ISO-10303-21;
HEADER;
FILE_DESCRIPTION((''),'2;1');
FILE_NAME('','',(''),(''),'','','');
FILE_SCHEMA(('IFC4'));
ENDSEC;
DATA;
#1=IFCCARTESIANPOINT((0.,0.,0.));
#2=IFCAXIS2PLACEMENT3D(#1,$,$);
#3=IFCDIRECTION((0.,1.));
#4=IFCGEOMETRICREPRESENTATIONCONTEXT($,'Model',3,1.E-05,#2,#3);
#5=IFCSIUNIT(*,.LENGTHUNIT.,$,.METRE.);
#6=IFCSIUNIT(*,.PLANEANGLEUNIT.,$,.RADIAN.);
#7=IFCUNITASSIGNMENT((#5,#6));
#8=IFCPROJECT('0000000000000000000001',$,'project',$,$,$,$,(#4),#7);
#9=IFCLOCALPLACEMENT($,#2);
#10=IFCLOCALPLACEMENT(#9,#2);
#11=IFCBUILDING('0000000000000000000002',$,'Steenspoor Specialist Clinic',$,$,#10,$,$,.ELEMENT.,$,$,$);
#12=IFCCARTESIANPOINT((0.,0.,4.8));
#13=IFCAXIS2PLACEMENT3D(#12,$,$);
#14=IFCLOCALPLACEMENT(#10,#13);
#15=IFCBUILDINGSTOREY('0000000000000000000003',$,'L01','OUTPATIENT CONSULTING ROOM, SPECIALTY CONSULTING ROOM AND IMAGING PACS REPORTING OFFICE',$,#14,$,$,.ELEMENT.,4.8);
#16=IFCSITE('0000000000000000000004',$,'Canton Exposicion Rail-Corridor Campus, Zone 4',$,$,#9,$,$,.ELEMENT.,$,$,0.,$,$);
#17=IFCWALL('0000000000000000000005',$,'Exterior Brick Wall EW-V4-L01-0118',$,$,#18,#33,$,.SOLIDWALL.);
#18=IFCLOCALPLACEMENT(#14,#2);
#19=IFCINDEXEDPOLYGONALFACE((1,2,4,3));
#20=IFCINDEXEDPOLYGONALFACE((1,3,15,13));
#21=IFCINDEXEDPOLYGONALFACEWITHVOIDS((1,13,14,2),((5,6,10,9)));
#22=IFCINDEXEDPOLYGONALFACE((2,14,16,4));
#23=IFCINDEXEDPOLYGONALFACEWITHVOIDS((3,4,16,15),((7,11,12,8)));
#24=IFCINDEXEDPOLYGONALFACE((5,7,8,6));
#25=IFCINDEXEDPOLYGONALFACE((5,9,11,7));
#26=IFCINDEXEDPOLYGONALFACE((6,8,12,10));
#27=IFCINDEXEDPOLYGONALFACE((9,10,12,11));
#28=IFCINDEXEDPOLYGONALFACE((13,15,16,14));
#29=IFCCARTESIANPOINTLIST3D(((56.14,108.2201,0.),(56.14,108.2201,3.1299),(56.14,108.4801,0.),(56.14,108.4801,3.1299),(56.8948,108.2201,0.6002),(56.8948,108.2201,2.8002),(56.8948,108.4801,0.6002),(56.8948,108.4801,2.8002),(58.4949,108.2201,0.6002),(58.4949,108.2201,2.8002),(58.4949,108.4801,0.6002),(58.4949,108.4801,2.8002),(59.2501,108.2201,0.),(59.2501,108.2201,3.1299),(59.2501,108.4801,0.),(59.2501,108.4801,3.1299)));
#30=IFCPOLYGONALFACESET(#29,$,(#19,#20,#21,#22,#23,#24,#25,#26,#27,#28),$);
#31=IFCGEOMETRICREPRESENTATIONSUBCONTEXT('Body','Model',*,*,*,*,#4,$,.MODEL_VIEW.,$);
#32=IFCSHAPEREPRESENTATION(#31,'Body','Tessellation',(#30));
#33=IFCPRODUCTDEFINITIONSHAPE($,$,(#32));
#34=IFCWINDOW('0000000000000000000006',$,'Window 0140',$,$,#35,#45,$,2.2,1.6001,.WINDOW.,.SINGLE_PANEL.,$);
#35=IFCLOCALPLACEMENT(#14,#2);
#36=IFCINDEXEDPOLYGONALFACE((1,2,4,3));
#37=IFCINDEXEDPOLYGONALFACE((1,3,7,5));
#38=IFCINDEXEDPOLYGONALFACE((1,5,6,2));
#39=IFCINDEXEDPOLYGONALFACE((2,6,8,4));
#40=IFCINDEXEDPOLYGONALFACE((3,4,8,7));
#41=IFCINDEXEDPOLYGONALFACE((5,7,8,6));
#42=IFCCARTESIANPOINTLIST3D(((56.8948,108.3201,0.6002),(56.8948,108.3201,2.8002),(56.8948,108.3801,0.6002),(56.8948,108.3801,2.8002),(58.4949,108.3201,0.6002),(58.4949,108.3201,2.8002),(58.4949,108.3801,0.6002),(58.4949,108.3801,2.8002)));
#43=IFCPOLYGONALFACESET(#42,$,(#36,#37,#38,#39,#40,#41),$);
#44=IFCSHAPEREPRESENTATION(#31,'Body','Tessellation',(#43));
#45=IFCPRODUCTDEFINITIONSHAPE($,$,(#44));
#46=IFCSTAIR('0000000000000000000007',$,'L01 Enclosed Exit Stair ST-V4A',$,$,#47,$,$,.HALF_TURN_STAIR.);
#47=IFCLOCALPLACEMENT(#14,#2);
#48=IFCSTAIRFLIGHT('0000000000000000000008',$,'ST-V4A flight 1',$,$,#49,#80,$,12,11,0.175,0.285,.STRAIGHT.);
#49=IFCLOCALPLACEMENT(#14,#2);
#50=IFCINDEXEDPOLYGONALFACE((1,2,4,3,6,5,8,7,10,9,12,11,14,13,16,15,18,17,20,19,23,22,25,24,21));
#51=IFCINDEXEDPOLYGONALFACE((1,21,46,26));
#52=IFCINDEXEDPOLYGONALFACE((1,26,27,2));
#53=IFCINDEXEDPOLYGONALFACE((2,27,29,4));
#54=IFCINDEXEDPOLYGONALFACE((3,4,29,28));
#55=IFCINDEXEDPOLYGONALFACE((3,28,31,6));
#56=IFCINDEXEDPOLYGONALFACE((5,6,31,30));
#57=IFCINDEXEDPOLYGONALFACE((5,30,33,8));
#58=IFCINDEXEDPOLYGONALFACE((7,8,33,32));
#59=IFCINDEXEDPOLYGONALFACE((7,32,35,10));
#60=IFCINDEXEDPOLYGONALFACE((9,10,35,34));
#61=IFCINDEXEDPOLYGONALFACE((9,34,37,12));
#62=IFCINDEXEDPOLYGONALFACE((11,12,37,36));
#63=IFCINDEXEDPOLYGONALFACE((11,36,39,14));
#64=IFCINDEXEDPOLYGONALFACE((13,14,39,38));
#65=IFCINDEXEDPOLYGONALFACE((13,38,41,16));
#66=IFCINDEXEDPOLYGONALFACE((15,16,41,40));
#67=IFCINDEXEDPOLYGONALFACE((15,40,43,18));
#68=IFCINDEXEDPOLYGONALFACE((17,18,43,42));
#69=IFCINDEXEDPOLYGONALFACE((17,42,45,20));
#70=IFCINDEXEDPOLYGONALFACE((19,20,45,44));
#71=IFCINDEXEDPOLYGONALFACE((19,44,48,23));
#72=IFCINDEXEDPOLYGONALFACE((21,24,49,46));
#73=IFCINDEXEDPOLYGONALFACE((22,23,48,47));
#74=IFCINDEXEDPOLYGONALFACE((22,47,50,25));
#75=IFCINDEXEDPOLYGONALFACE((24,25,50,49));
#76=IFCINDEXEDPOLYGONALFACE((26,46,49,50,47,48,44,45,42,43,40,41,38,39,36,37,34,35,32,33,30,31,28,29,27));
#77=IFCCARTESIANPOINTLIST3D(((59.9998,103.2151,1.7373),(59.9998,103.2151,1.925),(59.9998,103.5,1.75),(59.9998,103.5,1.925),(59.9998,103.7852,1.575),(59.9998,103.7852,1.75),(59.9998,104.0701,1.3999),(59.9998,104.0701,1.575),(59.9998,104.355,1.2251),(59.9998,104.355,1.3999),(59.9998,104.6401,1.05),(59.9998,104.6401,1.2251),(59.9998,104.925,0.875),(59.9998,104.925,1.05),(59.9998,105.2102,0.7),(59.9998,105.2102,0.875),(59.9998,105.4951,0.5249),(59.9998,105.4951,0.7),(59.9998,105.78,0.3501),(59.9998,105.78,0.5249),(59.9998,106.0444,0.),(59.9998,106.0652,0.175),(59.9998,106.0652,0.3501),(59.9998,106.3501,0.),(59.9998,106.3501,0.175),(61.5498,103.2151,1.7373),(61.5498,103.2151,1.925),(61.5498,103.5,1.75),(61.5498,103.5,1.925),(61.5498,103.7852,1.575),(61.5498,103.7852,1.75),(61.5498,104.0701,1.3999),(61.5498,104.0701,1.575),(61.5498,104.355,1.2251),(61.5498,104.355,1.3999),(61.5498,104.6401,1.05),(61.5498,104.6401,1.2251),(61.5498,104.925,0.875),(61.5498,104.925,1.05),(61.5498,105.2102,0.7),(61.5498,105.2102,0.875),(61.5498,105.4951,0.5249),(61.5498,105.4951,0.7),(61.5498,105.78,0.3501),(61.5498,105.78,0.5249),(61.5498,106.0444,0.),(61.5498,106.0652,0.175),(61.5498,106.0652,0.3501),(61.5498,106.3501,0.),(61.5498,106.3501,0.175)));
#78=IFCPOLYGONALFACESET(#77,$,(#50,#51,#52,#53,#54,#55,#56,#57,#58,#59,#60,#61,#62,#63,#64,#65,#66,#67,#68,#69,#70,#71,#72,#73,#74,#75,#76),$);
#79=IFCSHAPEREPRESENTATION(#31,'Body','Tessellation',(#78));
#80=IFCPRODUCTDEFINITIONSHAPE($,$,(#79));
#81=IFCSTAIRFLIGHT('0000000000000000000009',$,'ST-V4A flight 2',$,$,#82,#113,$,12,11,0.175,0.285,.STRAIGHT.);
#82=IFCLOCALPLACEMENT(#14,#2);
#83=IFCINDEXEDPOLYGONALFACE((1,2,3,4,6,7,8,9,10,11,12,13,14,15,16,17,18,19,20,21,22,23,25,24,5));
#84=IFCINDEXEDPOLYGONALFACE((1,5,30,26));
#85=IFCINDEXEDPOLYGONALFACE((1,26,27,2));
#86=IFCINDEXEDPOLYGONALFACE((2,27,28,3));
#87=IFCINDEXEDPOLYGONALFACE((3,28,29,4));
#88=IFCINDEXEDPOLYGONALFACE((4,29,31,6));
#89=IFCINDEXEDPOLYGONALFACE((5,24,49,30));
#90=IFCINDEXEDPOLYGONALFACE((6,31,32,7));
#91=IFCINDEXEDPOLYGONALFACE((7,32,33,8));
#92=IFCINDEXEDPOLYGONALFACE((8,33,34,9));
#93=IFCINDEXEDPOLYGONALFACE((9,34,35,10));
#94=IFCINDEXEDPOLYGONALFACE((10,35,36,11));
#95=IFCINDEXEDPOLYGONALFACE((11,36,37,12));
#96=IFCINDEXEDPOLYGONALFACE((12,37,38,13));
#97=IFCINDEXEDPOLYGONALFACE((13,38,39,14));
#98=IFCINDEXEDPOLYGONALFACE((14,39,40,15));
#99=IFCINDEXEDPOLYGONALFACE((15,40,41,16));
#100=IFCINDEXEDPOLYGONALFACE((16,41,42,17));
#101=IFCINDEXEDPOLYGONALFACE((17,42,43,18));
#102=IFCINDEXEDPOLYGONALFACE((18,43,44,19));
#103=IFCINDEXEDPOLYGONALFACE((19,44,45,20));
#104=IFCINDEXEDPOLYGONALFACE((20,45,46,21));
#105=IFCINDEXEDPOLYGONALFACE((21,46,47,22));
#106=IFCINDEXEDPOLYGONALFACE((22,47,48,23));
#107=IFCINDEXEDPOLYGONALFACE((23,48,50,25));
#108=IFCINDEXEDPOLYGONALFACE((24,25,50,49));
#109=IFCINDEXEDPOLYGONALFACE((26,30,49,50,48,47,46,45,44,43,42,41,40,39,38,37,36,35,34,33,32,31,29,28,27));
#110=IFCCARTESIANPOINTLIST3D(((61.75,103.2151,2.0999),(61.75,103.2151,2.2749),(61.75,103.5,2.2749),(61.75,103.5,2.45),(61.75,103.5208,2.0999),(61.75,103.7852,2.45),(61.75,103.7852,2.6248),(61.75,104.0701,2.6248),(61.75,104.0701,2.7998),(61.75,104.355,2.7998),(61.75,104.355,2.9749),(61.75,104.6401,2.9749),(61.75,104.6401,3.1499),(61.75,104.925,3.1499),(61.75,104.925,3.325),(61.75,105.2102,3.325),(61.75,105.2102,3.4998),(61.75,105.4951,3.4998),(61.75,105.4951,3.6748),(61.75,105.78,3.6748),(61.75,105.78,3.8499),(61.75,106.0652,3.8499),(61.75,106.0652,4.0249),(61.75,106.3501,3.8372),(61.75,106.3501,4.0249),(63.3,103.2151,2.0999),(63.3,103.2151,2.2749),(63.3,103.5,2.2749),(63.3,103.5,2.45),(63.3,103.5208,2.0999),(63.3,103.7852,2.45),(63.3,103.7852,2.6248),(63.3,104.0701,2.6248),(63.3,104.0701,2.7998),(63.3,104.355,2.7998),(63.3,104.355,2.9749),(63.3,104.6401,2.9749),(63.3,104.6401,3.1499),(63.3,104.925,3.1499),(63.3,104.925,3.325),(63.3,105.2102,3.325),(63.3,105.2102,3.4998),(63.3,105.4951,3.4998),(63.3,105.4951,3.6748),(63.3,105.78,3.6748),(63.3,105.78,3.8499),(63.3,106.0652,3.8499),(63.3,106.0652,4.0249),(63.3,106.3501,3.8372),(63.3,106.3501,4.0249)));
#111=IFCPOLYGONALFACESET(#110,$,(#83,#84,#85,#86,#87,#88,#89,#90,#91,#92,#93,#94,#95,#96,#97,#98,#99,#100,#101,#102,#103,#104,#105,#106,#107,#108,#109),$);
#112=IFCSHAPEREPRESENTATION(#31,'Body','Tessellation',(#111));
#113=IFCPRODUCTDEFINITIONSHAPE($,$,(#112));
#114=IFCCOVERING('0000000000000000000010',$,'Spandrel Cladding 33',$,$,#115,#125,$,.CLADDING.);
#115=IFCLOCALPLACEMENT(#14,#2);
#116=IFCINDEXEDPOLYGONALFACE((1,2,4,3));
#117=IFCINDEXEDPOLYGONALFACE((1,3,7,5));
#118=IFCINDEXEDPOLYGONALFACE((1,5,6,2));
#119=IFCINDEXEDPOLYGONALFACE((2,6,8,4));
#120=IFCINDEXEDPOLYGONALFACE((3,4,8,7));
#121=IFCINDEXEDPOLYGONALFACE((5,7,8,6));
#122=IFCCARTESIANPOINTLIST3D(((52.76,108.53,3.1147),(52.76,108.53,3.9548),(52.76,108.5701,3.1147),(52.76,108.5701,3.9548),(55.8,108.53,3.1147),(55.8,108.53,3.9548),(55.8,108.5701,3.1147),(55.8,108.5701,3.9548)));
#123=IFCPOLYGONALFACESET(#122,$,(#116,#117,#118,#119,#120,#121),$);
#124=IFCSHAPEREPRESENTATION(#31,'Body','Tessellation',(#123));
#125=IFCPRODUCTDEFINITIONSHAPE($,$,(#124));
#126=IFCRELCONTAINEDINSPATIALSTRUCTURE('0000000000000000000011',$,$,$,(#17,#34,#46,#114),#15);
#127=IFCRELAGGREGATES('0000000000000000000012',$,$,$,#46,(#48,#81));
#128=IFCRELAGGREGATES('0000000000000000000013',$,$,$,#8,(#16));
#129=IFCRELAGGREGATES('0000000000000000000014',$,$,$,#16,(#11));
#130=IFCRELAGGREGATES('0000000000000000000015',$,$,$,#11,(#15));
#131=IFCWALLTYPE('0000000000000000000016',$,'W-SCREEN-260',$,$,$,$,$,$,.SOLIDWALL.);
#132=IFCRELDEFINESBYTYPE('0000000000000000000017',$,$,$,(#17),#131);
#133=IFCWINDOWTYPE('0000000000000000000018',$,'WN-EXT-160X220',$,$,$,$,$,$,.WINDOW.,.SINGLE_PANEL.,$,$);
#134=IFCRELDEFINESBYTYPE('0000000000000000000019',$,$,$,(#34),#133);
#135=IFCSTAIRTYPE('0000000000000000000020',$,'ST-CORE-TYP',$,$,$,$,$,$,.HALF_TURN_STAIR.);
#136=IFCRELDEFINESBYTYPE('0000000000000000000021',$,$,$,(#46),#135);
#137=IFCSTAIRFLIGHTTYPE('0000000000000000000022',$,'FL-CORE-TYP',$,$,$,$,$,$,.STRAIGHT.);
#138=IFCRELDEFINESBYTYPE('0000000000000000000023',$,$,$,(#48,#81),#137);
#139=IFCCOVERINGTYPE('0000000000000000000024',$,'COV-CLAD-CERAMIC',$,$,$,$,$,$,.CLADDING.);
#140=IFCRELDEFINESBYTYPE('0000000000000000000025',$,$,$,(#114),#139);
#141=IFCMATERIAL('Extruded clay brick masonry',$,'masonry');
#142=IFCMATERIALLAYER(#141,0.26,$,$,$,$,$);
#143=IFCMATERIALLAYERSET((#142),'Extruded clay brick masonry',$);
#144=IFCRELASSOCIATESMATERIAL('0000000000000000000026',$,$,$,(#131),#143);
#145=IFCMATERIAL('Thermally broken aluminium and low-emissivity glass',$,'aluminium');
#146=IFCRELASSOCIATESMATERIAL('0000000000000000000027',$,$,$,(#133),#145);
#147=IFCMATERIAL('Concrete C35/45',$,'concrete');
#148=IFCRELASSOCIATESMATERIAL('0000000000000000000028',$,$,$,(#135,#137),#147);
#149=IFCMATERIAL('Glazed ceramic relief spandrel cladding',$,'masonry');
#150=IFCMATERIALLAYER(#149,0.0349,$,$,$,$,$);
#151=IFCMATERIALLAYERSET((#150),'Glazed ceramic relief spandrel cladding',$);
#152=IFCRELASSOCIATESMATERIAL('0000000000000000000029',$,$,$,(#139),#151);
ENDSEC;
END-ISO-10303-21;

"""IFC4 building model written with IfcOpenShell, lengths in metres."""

from ifc_helpers import new_model, si_unit, direction, frame, frame_2d, origin, origin_2d, place, context, subcontext, project, spatial, polyline, rectangle, outline, extrude, material, layer, layer_set, type_object, element, fill, aggregate, save


model = new_model("IFC4")

# Units and contexts
model_context = context("Model", 3, precision=1e-05, world=origin(), true_north=direction((0.0, 1.0)))
body_context = subcontext(model_context, "Body", "Model", "MODEL_VIEW")
ifc_project = project(units=[si_unit("LENGTHUNIT", "METRE"), si_unit("PLANEANGLEUNIT", "RADIAN")], contexts=[model_context])

# Site, building, storey
site_placement = place(None, origin())
site = spatial("IfcSite", under=ifc_project, at=site_placement, Name="Canton Exposicion Rail-Corridor Campus, Zone 4", CompositionType="ELEMENT", RefElevation=0.0)
building_placement = place(site_placement, origin())
building = spatial("IfcBuilding", under=site, at=building_placement, Name="Steenspoor Specialist Clinic", CompositionType="ELEMENT")
storey_placement = place(building_placement, frame((0.0, 0.0, 4.8)))
storey = spatial("IfcBuildingStorey", under=building, at=storey_placement, Name="L01", Description="OUTPATIENT CONSULTING ROOM, SPECIALTY CONSULTING ROOM AND IMAGING PACS REPORTING OFFICE", CompositionType="ELEMENT", Elevation=4.8)

# Shared definitions
ifc_material_1 = material(Name="Concrete C35/45", Category="concrete")

# Shared definitions
ifc_material_2 = material(Name="Extruded clay brick masonry", Category="masonry")
ifc_material_3 = material(Name="Thermally broken aluminium and low-emissivity glass", Category="aluminium")

# Wall, opening, window
ifc_layer_1 = layer(ifc_material_2, 0.26)
ifc_layer_set_1 = layer_set([ifc_layer_1], Name="Extruded clay brick masonry")
wall_type_1 = type_object("IfcWallType", Name="W-SCREEN-260", PredefinedType="SOLIDWALL", material=ifc_layer_set_1)
wall_1_placement = place(storey_placement, frame((56.1399, 108.3501, 0.0), z_axis=(0.0, 0.0, 1.0), x_axis=(1.0, 0.0, 0.0)))
wall_1 = element("IfcWall", 1, at=wall_1_placement, inside=storey, type_object=wall_type_1, Name="Exterior Brick Wall EW-V4-L01-0118", PredefinedType="SOLIDWALL", context=body_context, shape_type="SweptSolid", body=[
    extrude(rectangle(XDim=3.1101, YDim=0.26, at=frame_2d((1.5552, 0.0))), origin(), (0.0, 0.0, 1.0), 3.1299),
])
opening_1_placement = place(wall_1_placement, frame((0.7549, 0.0, 0.6001)))
opening_1 = element("IfcOpeningElement", 2, at=opening_1_placement, cuts=wall_1, PredefinedType="OPENING", context=body_context, shape_type="SweptSolid", body=[
    extrude(rectangle(XDim=1.6001, YDim=2.2, at=frame_2d((0.8, 1.1001))), frame((0.0, 0.1401, 0.0), z_axis=(0.0, -1.0, 0.0), x_axis=(1.0, 0.0, 0.0)), (0.0, 0.0, 1.0), 0.28),
])
window_type_1 = type_object("IfcWindowType", Name="WN-EXT-160X220", PartitioningType="SINGLE_PANEL", PredefinedType="WINDOW", material=ifc_material_3)
window_1_placement = place(opening_1_placement, origin())
window_1 = element("IfcWindow", 3, at=window_1_placement, inside=storey, type_object=window_type_1, Name="Window 0140", OverallHeight=2.2, OverallWidth=1.6001, PartitioningType="SINGLE_PANEL", PredefinedType="WINDOW", context=body_context, shape_type="SweptSolid", body=[
    extrude(rectangle(XDim=1.6001, YDim=2.2, at=frame_2d((0.8, 1.1001))), frame((0.0, 0.03, 0.0), z_axis=(0.0, -1.0, 0.0), x_axis=(1.0, 0.0, 0.0)), (0.0, 0.0, 1.0), 0.0601),
])
fill(opening_1, window_1)

# Stair, stair flights
stair_type = type_object("IfcStairType", Name="ST-CORE-TYP", PredefinedType="HALF_TURN_STAIR", material=ifc_material_1)
stair_placement = place(storey_placement, origin())
stair = element("IfcStair", 4, at=stair_placement, inside=storey, type_object=stair_type, Name="L01 Enclosed Exit Stair ST-V4A", PredefinedType="HALF_TURN_STAIR")
stair_flight_type = type_object("IfcStairFlightType", Name="FL-CORE-TYP", PredefinedType="STRAIGHT", material=ifc_material_1)
stair_flight_1_placement = place(storey_placement, frame((60.7749, 106.3501, 0.0), z_axis=(0.0, 0.0, 1.0), x_axis=(0.0, -1.0, 0.0)))
stair_flight_1 = element("IfcStairFlight", 5, at=stair_flight_1_placement, type_object=stair_flight_type, Name="ST-V4A flight 1", NumberOfRisers=12, NumberOfTreads=11, PredefinedType="STRAIGHT", RiserHeight=0.175, TreadLength=0.285, context=body_context, shape_type="SweptSolid", body=[
    extrude(outline(polyline([(0.0, 0.0), (0.0, 0.175), (0.2849, 0.175), (0.2849, 0.3501), (0.5701, 0.3501), (0.5701, 0.5249), (0.855, 0.5249), (0.855, 0.7), (1.1399, 0.7), (1.1399, 0.875), (1.425, 0.875), (1.425, 1.05), (1.71, 1.05), (1.71, 1.2251), (1.9951, 1.2251), (1.9951, 1.3999), (2.28, 1.3999), (2.28, 1.575), (2.5649, 1.575), (2.5649, 1.75), (2.8501, 1.75), (2.8501, 1.925), (3.135, 1.925), (3.135, 2.1001), (3.135, 1.7373), (0.3057, 0.0), (0.0, 0.0)])), frame((0.0, 0.7749, 0.0), z_axis=(0.0, -1.0, 0.0), x_axis=(1.0, 0.0, 0.0)), (0.0, 0.0, 1.0), 1.55),
])
stair_flight_2_placement = place(storey_placement, frame((62.5249, 103.2151, 2.0999), z_axis=(0.0, 0.0, 1.0), x_axis=(0.0, 1.0, 0.0)))
stair_flight_2 = element("IfcStairFlight", 6, at=stair_flight_2_placement, type_object=stair_flight_type, Name="ST-V4A flight 2", NumberOfRisers=12, NumberOfTreads=11, PredefinedType="STRAIGHT", RiserHeight=0.175, TreadLength=0.285, context=body_context, shape_type="SweptSolid", body=[
    extrude(outline(polyline([(0.0, 0.0), (0.0, 0.175), (0.2849, 0.175), (0.2849, 0.3501), (0.5701, 0.3501), (0.5701, 0.5249), (0.855, 0.5249), (0.855, 0.7), (1.1399, 0.7), (1.1399, 0.875), (1.425, 0.875), (1.425, 1.05), (1.71, 1.05), (1.71, 1.2251), (1.9951, 1.2251), (1.9951, 1.3999), (2.28, 1.3999), (2.28, 1.575), (2.5649, 1.575), (2.5649, 1.75), (2.8501, 1.75), (2.8501, 1.925), (3.135, 1.925), (3.135, 2.1001), (3.135, 1.7373), (0.3057, 0.0), (0.0, 0.0)])), frame((0.0, 0.7749, 0.0), z_axis=(0.0, -1.0, 0.0), x_axis=(1.0, 0.0, 0.0)), (0.0, 0.0, 1.0), 1.55),
])
aggregate(stair, [stair_flight_1, stair_flight_2])

# Covering
ifc_material_4 = material(Name="Glazed ceramic relief spandrel cladding", Category="masonry")
ifc_layer_2 = layer(ifc_material_4, 0.0349)
ifc_layer_set_2 = layer_set([ifc_layer_2], Name="Glazed ceramic relief spandrel cladding")
covering_type = type_object("IfcCoveringType", Name="COV-CLAD-CERAMIC", PredefinedType="CLADDING", material=ifc_layer_set_2)
covering_placement = place(storey_placement, frame((54.28, 108.55, 3.1147), z_axis=(0.0, 0.0, 1.0), x_axis=(1.0, 0.0, 0.0)))
element("IfcCovering", 7, at=covering_placement, inside=storey, type_object=covering_type, Name="Spandrel Cladding 33", PredefinedType="CLADDING", context=body_context, shape_type="SweptSolid", body=[
    extrude(rectangle(XDim=3.04, YDim=0.04, at=origin_2d()), origin(), (0.0, 0.0, 1.0), 0.8401),
])

save(model, "model.ifc")
